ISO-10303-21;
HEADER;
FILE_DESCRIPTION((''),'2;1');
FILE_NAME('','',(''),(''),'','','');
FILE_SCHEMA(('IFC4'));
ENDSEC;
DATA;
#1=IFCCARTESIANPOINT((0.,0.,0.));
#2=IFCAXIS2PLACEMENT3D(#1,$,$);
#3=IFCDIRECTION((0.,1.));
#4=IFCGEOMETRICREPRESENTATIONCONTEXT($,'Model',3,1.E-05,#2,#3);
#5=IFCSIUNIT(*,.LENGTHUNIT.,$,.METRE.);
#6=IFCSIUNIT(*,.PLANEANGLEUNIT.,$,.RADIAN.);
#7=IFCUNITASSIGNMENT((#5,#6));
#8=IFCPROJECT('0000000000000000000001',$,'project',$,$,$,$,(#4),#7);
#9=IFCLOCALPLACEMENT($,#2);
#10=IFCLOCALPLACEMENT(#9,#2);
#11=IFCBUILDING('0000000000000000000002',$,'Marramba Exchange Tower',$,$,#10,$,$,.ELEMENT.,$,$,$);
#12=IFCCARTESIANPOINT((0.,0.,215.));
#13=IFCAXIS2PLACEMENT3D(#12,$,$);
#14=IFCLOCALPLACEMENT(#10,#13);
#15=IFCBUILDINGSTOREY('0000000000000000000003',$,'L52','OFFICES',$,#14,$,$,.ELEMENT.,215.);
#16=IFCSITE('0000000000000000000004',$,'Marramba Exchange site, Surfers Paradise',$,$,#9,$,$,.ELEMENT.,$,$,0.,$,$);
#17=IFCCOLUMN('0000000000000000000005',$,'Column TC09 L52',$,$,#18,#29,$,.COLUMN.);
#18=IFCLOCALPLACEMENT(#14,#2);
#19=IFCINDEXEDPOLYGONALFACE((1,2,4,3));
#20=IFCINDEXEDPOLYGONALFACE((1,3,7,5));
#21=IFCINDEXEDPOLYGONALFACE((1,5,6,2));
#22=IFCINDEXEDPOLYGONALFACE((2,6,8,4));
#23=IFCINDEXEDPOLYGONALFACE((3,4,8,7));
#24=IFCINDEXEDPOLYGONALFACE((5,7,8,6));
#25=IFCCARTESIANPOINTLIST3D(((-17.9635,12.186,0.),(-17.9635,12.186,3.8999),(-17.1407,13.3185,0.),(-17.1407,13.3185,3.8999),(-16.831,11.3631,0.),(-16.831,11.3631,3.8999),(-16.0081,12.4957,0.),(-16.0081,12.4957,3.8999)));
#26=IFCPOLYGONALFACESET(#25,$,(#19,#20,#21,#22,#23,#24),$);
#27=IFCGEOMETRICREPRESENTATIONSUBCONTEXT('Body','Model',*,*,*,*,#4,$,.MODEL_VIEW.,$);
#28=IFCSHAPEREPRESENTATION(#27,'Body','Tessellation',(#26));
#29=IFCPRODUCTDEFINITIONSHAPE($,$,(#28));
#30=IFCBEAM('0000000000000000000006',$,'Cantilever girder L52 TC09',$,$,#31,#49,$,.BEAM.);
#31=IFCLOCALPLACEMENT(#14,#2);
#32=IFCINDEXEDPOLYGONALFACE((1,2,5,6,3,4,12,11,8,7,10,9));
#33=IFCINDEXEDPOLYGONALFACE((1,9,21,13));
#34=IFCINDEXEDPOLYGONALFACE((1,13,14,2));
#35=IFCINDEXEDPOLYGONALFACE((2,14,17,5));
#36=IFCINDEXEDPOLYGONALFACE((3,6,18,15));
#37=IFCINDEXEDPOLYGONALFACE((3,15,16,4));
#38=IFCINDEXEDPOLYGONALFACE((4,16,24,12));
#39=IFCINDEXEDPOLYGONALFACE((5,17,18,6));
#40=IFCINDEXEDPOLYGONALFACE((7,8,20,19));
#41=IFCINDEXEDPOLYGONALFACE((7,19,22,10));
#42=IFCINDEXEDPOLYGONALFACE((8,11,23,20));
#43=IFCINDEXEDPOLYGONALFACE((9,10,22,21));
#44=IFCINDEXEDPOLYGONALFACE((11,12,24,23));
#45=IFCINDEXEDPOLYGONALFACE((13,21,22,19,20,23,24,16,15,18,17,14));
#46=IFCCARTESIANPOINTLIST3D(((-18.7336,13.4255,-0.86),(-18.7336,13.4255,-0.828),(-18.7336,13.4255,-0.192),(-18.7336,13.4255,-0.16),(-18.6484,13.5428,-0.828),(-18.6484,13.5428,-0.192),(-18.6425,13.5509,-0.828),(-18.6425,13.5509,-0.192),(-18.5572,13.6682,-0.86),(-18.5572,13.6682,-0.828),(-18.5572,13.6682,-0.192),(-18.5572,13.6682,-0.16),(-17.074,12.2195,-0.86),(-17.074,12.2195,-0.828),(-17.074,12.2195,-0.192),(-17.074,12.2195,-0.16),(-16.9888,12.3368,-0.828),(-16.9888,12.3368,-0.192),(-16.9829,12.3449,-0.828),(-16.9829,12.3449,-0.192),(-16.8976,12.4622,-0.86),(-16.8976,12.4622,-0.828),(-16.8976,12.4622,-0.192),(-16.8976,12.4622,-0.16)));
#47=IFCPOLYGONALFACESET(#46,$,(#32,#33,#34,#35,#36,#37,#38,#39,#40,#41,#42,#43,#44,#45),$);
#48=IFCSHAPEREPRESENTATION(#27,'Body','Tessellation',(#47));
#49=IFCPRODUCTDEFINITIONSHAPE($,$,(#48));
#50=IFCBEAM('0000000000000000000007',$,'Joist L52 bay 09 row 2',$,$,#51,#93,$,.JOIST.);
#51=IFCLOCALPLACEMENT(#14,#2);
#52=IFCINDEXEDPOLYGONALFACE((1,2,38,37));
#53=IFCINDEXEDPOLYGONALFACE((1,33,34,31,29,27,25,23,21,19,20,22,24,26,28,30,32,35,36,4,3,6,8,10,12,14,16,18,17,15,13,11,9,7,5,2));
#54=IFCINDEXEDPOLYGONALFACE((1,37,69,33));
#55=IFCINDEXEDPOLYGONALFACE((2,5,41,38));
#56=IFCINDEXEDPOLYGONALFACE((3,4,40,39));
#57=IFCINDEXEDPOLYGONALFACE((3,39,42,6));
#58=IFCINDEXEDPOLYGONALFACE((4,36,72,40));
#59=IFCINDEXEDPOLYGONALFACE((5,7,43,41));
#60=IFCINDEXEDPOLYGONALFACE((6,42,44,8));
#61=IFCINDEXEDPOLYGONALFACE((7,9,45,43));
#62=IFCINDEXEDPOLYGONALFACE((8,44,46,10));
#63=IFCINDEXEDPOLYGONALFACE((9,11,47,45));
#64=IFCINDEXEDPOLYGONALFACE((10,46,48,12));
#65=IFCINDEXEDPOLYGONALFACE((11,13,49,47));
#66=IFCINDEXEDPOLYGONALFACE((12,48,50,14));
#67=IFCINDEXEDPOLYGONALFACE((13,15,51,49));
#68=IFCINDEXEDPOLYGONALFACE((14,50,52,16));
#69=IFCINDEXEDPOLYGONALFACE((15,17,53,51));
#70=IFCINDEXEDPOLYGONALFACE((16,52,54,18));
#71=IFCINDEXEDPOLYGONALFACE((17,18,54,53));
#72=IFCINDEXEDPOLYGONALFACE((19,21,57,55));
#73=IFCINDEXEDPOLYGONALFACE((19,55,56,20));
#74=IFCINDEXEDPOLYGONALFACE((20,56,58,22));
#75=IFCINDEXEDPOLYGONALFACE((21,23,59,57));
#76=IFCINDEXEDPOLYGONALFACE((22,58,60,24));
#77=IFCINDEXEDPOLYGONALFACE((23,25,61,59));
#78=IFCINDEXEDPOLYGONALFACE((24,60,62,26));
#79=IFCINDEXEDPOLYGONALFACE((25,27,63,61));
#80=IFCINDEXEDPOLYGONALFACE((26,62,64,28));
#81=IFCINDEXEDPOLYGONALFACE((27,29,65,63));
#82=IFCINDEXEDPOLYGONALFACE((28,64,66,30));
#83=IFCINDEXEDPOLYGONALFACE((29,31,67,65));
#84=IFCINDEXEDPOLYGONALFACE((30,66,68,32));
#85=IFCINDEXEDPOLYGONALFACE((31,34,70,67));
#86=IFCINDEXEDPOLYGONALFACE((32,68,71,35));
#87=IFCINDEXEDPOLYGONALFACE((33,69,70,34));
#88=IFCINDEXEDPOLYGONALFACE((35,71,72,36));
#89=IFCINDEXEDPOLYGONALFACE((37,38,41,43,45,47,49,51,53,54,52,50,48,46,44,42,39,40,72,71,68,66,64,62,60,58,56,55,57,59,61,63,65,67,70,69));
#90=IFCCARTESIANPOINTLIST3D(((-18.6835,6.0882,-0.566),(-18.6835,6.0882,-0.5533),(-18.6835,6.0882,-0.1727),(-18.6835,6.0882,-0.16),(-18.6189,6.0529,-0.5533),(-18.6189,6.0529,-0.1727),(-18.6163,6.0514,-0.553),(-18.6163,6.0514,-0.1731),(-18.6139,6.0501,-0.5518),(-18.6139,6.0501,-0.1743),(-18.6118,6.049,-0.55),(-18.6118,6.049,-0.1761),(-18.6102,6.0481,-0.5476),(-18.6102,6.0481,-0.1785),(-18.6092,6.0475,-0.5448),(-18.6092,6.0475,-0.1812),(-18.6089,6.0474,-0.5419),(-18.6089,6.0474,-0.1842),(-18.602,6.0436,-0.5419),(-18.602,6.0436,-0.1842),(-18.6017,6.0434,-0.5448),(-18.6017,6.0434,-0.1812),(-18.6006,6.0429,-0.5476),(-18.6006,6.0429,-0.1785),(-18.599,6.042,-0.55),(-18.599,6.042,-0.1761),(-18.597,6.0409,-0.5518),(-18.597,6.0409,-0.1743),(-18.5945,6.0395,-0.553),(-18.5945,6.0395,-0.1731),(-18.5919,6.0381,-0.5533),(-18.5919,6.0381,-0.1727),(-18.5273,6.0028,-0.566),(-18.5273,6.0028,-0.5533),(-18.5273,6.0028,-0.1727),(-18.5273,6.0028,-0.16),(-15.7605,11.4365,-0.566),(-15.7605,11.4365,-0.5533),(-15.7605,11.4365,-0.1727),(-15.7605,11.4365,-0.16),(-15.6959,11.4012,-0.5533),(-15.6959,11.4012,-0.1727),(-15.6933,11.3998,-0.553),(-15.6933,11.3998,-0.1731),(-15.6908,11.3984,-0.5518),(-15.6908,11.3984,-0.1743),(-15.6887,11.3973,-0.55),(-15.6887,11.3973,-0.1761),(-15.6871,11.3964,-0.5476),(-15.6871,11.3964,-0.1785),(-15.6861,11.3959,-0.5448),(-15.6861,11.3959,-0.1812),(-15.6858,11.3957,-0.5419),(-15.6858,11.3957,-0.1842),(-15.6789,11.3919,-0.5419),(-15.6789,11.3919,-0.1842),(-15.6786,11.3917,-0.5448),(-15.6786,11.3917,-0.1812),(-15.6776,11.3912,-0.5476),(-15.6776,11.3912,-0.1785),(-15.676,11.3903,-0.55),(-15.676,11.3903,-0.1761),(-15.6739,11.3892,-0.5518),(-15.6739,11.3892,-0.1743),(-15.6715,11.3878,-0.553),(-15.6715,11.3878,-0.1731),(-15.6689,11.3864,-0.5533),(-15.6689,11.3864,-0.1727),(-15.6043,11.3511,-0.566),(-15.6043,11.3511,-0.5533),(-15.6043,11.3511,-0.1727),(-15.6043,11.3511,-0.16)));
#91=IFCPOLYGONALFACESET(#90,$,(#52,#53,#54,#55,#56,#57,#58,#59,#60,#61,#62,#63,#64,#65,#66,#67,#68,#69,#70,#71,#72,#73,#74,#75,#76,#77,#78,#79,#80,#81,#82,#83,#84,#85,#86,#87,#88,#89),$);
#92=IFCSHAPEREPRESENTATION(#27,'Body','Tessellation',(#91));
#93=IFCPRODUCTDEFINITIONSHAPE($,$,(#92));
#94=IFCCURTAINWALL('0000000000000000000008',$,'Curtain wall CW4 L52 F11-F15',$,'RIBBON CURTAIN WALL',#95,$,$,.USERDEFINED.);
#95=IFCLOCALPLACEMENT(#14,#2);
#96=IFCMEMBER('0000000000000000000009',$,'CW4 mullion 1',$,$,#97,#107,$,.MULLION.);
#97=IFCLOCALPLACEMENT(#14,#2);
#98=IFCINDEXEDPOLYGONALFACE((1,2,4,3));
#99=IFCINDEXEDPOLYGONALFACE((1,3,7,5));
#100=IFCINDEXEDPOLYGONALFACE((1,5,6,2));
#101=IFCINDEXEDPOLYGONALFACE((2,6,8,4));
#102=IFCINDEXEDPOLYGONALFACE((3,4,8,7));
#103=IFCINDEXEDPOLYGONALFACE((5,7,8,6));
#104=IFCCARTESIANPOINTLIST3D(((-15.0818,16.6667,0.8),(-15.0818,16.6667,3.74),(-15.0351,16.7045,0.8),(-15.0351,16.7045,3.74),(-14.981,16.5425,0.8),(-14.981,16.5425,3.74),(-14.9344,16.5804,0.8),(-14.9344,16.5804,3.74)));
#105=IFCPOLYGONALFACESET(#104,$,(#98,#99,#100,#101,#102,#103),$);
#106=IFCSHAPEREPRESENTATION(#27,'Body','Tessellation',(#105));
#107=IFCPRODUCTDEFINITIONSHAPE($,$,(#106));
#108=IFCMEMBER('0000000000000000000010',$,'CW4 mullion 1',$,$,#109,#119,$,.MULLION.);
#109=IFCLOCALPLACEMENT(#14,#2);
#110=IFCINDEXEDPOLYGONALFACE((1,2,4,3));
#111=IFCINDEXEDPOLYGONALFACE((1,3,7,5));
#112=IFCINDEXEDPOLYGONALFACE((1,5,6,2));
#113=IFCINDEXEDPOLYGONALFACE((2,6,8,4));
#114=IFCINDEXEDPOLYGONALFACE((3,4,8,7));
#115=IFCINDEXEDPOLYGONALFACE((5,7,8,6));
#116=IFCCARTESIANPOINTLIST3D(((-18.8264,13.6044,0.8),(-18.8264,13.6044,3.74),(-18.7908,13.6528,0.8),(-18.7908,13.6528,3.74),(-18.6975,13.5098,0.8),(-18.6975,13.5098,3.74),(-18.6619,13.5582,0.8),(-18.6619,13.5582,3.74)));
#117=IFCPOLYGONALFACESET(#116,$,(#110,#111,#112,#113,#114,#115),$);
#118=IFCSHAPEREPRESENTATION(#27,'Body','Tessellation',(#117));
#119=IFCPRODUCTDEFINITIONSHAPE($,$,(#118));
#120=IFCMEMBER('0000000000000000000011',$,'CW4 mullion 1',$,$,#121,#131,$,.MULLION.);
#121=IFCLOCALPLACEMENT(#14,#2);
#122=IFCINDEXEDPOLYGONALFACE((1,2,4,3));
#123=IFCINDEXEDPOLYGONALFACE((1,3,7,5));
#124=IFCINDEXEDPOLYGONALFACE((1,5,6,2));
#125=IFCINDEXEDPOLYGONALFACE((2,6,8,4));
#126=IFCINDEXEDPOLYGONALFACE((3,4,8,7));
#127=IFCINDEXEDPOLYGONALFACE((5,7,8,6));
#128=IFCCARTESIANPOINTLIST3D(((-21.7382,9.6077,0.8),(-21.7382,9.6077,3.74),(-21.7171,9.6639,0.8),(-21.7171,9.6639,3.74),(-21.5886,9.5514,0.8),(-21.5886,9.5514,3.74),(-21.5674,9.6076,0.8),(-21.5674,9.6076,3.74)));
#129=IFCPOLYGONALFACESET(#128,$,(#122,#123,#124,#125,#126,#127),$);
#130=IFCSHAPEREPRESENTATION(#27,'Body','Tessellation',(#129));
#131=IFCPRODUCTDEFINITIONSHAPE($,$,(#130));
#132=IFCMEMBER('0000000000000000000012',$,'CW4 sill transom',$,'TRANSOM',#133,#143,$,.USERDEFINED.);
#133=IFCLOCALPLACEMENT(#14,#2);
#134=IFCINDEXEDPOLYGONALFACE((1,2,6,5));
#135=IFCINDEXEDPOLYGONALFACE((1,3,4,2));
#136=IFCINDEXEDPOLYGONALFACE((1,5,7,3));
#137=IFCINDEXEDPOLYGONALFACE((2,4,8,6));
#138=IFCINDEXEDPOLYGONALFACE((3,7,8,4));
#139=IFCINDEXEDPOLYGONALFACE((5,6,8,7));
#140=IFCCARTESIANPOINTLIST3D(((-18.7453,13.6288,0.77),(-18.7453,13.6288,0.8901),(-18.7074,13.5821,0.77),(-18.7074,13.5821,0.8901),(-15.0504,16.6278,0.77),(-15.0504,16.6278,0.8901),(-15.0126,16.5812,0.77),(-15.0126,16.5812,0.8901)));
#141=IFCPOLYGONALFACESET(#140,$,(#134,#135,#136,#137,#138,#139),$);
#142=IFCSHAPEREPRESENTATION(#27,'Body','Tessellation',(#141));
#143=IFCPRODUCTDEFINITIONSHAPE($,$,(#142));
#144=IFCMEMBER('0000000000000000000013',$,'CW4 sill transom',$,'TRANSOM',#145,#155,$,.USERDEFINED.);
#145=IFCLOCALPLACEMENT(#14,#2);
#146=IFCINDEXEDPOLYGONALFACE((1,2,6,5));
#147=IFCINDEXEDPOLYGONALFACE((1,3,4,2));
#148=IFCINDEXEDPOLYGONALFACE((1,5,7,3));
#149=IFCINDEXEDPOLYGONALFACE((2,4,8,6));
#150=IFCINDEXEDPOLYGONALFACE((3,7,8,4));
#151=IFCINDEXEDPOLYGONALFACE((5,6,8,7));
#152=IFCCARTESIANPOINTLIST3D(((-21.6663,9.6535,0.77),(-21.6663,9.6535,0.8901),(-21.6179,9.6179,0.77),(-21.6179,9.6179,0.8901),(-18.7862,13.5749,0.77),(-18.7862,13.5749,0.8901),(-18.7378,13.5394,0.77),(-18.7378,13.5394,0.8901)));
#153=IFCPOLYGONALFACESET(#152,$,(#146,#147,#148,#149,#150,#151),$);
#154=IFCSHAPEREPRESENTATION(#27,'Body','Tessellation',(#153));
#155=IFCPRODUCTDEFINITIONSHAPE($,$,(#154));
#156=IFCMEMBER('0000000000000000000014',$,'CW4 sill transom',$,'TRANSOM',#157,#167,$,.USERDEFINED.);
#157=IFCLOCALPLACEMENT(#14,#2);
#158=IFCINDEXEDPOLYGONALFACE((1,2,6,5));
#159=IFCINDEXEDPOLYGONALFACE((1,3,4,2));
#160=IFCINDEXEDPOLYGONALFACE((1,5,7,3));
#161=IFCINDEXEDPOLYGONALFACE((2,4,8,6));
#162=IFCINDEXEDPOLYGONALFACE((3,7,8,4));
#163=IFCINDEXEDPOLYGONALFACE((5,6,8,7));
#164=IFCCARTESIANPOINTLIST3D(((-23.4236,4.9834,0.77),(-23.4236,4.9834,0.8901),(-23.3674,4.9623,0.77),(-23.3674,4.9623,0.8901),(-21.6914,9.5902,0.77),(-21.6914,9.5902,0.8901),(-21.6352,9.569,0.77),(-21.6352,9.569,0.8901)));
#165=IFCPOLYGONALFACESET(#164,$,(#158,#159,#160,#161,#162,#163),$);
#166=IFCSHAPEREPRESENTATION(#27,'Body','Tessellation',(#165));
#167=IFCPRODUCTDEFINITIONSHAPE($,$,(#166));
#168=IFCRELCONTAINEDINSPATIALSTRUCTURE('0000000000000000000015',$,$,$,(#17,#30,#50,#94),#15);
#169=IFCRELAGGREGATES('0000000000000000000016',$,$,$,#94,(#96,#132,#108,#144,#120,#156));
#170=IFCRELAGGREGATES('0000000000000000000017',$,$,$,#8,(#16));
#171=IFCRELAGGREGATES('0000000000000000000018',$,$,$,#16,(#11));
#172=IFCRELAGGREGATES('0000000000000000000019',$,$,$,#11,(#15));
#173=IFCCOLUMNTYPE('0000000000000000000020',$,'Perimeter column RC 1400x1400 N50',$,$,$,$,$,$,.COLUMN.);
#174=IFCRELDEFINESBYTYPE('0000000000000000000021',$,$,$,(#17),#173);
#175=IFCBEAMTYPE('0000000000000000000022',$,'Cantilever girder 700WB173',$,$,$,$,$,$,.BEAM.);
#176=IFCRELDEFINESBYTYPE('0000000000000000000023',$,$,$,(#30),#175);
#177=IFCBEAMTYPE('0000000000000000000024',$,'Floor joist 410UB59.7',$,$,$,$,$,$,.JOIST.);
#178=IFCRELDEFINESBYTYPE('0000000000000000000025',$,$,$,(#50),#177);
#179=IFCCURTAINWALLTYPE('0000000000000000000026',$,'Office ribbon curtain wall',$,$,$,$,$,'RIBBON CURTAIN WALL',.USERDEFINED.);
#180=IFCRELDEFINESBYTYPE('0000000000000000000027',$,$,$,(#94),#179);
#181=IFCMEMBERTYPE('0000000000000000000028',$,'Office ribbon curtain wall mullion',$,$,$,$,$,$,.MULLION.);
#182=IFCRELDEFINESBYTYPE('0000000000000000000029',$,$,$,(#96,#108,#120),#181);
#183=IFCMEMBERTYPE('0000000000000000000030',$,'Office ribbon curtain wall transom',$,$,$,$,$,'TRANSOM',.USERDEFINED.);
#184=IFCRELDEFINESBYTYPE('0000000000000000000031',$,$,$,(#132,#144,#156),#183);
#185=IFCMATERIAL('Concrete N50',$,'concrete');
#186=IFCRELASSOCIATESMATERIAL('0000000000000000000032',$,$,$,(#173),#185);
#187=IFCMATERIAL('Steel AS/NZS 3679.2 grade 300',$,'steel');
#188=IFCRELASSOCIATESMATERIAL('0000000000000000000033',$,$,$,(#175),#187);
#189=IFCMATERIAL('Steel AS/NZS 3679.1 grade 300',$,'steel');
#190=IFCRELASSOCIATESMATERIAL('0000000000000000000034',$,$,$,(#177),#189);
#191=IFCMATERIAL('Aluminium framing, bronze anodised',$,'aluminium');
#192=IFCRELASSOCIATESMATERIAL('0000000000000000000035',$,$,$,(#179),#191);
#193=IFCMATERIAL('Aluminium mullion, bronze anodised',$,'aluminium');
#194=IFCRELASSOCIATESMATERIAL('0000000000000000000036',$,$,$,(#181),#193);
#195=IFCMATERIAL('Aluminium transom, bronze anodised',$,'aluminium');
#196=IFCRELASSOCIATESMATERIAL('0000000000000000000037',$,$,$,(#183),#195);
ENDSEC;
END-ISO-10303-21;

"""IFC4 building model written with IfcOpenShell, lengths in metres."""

from ifc_helpers import new_model, si_unit, direction, frame, origin, origin_2d, place, context, subcontext, project, spatial, rectangle, i_section, extrude, material, material_profile, profile_set, type_object, element, aggregate, save


model = new_model("IFC4")

# Units and contexts
model_context = context("Model", 3, precision=1e-05, world=origin(), true_north=direction((0.0, 1.0)))
body_context = subcontext(model_context, "Body", "Model", "MODEL_VIEW")
ifc_project = project(units=[si_unit("LENGTHUNIT", "METRE"), si_unit("PLANEANGLEUNIT", "RADIAN")], contexts=[model_context])

# Site, building, storey
site_placement = place(None, origin())
site = spatial("IfcSite", under=ifc_project, at=site_placement, Name="Marramba Exchange site, Surfers Paradise", CompositionType="ELEMENT", RefElevation=0.0)
building_placement = place(site_placement, origin())
building = spatial("IfcBuilding", under=site, at=building_placement, Name="Marramba Exchange Tower", CompositionType="ELEMENT")
storey_placement = place(building_placement, frame((0.0, 0.0, 215.0)))
storey = spatial("IfcBuildingStorey", under=building, at=storey_placement, Name="L52", Description="OFFICES", CompositionType="ELEMENT", Elevation=215.0)

# Column
ifc_material_1 = material(Name="Concrete N50", Category="concrete")
ifc_material_profile_1 = material_profile(ifc_material_1, rectangle(XDim=1.3999, YDim=1.3999, at=origin_2d()), Name="RC 1400x1400")
ifc_profile_set_1 = profile_set([ifc_material_profile_1], Name="Concrete N50")
column_type = type_object("IfcColumnType", Name="Perimeter column RC 1400x1400 N50", PredefinedType="COLUMN", material=ifc_profile_set_1)
column_placement = place(storey_placement, frame((-16.9858, 12.3408, 0.0), z_axis=(0.0, 0.0, 1.0), x_axis=(-0.809017, 0.587785, 0.0)))
element("IfcColumn", 1, at=column_placement, inside=storey, type_object=column_type, Name="Column TC09 L52", PredefinedType="COLUMN", context=body_context, shape_type="SweptSolid", body=[
    extrude(rectangle(XDim=1.3999, YDim=1.3999, at=origin_2d()), origin(), (0.0, 0.0, 1.0), 3.8999),
])

# Beams
ifc_material_2 = material(Name="Steel AS/NZS 3679.2 grade 300", Category="steel")
ifc_material_profile_2 = material_profile(ifc_material_2, i_section(OverallWidth=0.3, OverallDepth=0.7, WebThickness=0.01, FlangeThickness=0.032, at=origin_2d()), Name="700WB173")
ifc_profile_set_2 = profile_set([ifc_material_profile_2], Name="Steel AS/NZS 3679.2 grade 300")
beam_type_1 = type_object("IfcBeamType", Name="Cantilever girder 700WB173", PredefinedType="BEAM", material=ifc_profile_set_2)
beam_1_placement = place(storey_placement, frame((-16.9858, 12.3408, -0.51), z_axis=(-0.808962, 0.58786, 0.0), x_axis=(-0.58786, -0.808962, 0.0)))
element("IfcBeam", 2, at=beam_1_placement, inside=storey, type_object=beam_type_1, Name="Cantilever girder L52 TC09", PredefinedType="BEAM", context=body_context, shape_type="SweptSolid", body=[
    extrude(i_section(OverallWidth=0.3, OverallDepth=0.7, WebThickness=0.01, FlangeThickness=0.032, at=origin_2d()), origin(), (0.0, 0.0, 1.0), 2.0515),
])
ifc_material_3 = material(Name="Steel AS/NZS 3679.1 grade 300", Category="steel")
ifc_material_profile_3 = material_profile(ifc_material_3, i_section(OverallWidth=0.178, OverallDepth=0.406, WebThickness=0.0078, FlangeThickness=0.0127, FilletRadius=0.0115, at=origin_2d()), Name="410UB59.7")
ifc_profile_set_3 = profile_set([ifc_material_profile_3], Name="Steel AS/NZS 3679.1 grade 300")
beam_type_2 = type_object("IfcBeamType", Name="Floor joist 410UB59.7", PredefinedType="JOIST", material=ifc_profile_set_3)
beam_2_placement = place(storey_placement, frame((-15.6824, 11.3938, -0.363), z_axis=(-0.479584, -0.877496, 0.0), x_axis=(0.877496, -0.479584, 0.0)))
element("IfcBeam", 3, at=beam_2_placement, inside=storey, type_object=beam_type_2, Name="Joist L52 bay 09 row 2", PredefinedType="JOIST", context=body_context, shape_type="SweptSolid", body=[
    extrude(i_section(OverallWidth=0.178, OverallDepth=0.406, WebThickness=0.0078, FlangeThickness=0.0127, FilletRadius=0.0115, at=origin_2d()), origin(), (0.0, 0.0, 1.0), 6.095),
])

# Curtain wall, members
ifc_material_4 = material(Name="Aluminium framing, bronze anodised", Category="aluminium")
curtain_wall_type = type_object("IfcCurtainWallType", Name="Office ribbon curtain wall", ElementType="RIBBON CURTAIN WALL", PredefinedType="USERDEFINED", material=ifc_material_4)
curtain_wall_placement = place(storey_placement, origin())
curtain_wall = element("IfcCurtainWall", 4, at=curtain_wall_placement, inside=storey, type_object=curtain_wall_type, Name="Curtain wall CW4 L52 F11-F15", ObjectType="RIBBON CURTAIN WALL", PredefinedType="USERDEFINED")
ifc_material_5 = material(Name="Aluminium mullion, bronze anodised", Category="aluminium")
ifc_material_profile_4 = material_profile(ifc_material_5, rectangle(XDim=0.1599, YDim=0.0601, at=origin_2d()), Name="CW4 mullion 60x160")
ifc_profile_set_4 = profile_set([ifc_material_profile_4], Name="Aluminium mullion, bronze anodised")
member_type_1 = type_object("IfcMemberType", Name="Office ribbon curtain wall mullion", PredefinedType="MULLION", material=ifc_profile_set_4)
member_1_placement = place(storey_placement, frame((-15.0081, 16.6235, 0.8), z_axis=(0.0, 0.0, 1.0), x_axis=(0.630201, -0.776432, 0.0)))
member_1 = element("IfcMember", 5, at=member_1_placement, type_object=member_type_1, Name="CW4 mullion 1", PredefinedType="MULLION", context=body_context, shape_type="SweptSolid", body=[
    extrude(rectangle(XDim=0.1599, YDim=0.0601, at=origin_2d()), origin(), (0.0, 0.0, 1.0), 2.9399),
])
member_2_placement = place(storey_placement, frame((-18.7441, 13.5813, 0.8), z_axis=(0.0, 0.0, 1.0), x_axis=(0.805965, -0.591963, 0.0)))
member_2 = element("IfcMember", 6, at=member_2_placement, type_object=member_type_1, Name="CW4 mullion 1", PredefinedType="MULLION", context=body_context, shape_type="SweptSolid", body=[
    extrude(rectangle(XDim=0.1599, YDim=0.0601, at=origin_2d()), origin(), (0.0, 0.0, 1.0), 2.9399),
])
member_3_placement = place(storey_placement, frame((-21.6528, 9.6077, 0.8), z_axis=(0.0, 0.0, 1.0), x_axis=(0.936018, -0.351952, 0.0)))
member_3 = element("IfcMember", 7, at=member_3_placement, type_object=member_type_1, Name="CW4 mullion 1", PredefinedType="MULLION", context=body_context, shape_type="SweptSolid", body=[
    extrude(rectangle(XDim=0.1599, YDim=0.0601, at=origin_2d()), origin(), (0.0, 0.0, 1.0), 2.9399),
])
ifc_material_6 = material(Name="Aluminium transom, bronze anodised", Category="aluminium")
ifc_material_profile_5 = material_profile(ifc_material_6, rectangle(XDim=0.0601, YDim=0.1201, at=origin_2d()), Name="CW4 transom 60x120")
ifc_profile_set_5 = profile_set([ifc_material_profile_5], Name="Aluminium transom, bronze anodised")
member_type_2 = type_object("IfcMemberType", Name="Office ribbon curtain wall transom", ElementType="TRANSOM", PredefinedType="USERDEFINED", material=ifc_profile_set_5)
member_4_placement = place(storey_placement, frame((-15.0315, 16.6045, 0.8301), z_axis=(-0.776425, -0.63021, 0.0), x_axis=(0.63021, -0.776425, 0.0)))
member_4 = element("IfcMember", 8, at=member_4_placement, type_object=member_type_2, Name="CW4 sill transom", ObjectType="TRANSOM", PredefinedType="USERDEFINED", context=body_context, shape_type="SweptSolid", body=[
    extrude(rectangle(XDim=0.0601, YDim=0.1201, at=origin_2d()), origin(), (0.0, 0.0, 1.0), 4.7588),
])
member_5_placement = place(storey_placement, frame((-18.762, 13.5571, 0.8301), z_axis=(-0.591957, -0.805969, 0.0), x_axis=(0.805969, -0.591957, 0.0)))
member_5 = element("IfcMember", 9, at=member_5_placement, type_object=member_type_2, Name="CW4 sill transom", ObjectType="TRANSOM", PredefinedType="USERDEFINED", context=body_context, shape_type="SweptSolid", body=[
    extrude(rectangle(XDim=0.0601, YDim=0.1201, at=origin_2d()), origin(), (0.0, 0.0, 1.0), 4.8655),
])
member_6_placement = place(storey_placement, frame((-21.6633, 9.5796, 0.8301), z_axis=(-0.351955, -0.936017, 0.0), x_axis=(0.936017, -0.351955, 0.0)))
member_6 = element("IfcMember", 10, at=member_6_placement, type_object=member_type_2, Name="CW4 sill transom", ObjectType="TRANSOM", PredefinedType="USERDEFINED", context=body_context, shape_type="SweptSolid", body=[
    extrude(rectangle(XDim=0.0601, YDim=0.1201, at=origin_2d()), origin(), (0.0, 0.0, 1.0), 4.9216),
])

aggregate(curtain_wall, [member_1, member_4, member_2, member_5, member_3, member_6])

save(model, "model.ifc")
